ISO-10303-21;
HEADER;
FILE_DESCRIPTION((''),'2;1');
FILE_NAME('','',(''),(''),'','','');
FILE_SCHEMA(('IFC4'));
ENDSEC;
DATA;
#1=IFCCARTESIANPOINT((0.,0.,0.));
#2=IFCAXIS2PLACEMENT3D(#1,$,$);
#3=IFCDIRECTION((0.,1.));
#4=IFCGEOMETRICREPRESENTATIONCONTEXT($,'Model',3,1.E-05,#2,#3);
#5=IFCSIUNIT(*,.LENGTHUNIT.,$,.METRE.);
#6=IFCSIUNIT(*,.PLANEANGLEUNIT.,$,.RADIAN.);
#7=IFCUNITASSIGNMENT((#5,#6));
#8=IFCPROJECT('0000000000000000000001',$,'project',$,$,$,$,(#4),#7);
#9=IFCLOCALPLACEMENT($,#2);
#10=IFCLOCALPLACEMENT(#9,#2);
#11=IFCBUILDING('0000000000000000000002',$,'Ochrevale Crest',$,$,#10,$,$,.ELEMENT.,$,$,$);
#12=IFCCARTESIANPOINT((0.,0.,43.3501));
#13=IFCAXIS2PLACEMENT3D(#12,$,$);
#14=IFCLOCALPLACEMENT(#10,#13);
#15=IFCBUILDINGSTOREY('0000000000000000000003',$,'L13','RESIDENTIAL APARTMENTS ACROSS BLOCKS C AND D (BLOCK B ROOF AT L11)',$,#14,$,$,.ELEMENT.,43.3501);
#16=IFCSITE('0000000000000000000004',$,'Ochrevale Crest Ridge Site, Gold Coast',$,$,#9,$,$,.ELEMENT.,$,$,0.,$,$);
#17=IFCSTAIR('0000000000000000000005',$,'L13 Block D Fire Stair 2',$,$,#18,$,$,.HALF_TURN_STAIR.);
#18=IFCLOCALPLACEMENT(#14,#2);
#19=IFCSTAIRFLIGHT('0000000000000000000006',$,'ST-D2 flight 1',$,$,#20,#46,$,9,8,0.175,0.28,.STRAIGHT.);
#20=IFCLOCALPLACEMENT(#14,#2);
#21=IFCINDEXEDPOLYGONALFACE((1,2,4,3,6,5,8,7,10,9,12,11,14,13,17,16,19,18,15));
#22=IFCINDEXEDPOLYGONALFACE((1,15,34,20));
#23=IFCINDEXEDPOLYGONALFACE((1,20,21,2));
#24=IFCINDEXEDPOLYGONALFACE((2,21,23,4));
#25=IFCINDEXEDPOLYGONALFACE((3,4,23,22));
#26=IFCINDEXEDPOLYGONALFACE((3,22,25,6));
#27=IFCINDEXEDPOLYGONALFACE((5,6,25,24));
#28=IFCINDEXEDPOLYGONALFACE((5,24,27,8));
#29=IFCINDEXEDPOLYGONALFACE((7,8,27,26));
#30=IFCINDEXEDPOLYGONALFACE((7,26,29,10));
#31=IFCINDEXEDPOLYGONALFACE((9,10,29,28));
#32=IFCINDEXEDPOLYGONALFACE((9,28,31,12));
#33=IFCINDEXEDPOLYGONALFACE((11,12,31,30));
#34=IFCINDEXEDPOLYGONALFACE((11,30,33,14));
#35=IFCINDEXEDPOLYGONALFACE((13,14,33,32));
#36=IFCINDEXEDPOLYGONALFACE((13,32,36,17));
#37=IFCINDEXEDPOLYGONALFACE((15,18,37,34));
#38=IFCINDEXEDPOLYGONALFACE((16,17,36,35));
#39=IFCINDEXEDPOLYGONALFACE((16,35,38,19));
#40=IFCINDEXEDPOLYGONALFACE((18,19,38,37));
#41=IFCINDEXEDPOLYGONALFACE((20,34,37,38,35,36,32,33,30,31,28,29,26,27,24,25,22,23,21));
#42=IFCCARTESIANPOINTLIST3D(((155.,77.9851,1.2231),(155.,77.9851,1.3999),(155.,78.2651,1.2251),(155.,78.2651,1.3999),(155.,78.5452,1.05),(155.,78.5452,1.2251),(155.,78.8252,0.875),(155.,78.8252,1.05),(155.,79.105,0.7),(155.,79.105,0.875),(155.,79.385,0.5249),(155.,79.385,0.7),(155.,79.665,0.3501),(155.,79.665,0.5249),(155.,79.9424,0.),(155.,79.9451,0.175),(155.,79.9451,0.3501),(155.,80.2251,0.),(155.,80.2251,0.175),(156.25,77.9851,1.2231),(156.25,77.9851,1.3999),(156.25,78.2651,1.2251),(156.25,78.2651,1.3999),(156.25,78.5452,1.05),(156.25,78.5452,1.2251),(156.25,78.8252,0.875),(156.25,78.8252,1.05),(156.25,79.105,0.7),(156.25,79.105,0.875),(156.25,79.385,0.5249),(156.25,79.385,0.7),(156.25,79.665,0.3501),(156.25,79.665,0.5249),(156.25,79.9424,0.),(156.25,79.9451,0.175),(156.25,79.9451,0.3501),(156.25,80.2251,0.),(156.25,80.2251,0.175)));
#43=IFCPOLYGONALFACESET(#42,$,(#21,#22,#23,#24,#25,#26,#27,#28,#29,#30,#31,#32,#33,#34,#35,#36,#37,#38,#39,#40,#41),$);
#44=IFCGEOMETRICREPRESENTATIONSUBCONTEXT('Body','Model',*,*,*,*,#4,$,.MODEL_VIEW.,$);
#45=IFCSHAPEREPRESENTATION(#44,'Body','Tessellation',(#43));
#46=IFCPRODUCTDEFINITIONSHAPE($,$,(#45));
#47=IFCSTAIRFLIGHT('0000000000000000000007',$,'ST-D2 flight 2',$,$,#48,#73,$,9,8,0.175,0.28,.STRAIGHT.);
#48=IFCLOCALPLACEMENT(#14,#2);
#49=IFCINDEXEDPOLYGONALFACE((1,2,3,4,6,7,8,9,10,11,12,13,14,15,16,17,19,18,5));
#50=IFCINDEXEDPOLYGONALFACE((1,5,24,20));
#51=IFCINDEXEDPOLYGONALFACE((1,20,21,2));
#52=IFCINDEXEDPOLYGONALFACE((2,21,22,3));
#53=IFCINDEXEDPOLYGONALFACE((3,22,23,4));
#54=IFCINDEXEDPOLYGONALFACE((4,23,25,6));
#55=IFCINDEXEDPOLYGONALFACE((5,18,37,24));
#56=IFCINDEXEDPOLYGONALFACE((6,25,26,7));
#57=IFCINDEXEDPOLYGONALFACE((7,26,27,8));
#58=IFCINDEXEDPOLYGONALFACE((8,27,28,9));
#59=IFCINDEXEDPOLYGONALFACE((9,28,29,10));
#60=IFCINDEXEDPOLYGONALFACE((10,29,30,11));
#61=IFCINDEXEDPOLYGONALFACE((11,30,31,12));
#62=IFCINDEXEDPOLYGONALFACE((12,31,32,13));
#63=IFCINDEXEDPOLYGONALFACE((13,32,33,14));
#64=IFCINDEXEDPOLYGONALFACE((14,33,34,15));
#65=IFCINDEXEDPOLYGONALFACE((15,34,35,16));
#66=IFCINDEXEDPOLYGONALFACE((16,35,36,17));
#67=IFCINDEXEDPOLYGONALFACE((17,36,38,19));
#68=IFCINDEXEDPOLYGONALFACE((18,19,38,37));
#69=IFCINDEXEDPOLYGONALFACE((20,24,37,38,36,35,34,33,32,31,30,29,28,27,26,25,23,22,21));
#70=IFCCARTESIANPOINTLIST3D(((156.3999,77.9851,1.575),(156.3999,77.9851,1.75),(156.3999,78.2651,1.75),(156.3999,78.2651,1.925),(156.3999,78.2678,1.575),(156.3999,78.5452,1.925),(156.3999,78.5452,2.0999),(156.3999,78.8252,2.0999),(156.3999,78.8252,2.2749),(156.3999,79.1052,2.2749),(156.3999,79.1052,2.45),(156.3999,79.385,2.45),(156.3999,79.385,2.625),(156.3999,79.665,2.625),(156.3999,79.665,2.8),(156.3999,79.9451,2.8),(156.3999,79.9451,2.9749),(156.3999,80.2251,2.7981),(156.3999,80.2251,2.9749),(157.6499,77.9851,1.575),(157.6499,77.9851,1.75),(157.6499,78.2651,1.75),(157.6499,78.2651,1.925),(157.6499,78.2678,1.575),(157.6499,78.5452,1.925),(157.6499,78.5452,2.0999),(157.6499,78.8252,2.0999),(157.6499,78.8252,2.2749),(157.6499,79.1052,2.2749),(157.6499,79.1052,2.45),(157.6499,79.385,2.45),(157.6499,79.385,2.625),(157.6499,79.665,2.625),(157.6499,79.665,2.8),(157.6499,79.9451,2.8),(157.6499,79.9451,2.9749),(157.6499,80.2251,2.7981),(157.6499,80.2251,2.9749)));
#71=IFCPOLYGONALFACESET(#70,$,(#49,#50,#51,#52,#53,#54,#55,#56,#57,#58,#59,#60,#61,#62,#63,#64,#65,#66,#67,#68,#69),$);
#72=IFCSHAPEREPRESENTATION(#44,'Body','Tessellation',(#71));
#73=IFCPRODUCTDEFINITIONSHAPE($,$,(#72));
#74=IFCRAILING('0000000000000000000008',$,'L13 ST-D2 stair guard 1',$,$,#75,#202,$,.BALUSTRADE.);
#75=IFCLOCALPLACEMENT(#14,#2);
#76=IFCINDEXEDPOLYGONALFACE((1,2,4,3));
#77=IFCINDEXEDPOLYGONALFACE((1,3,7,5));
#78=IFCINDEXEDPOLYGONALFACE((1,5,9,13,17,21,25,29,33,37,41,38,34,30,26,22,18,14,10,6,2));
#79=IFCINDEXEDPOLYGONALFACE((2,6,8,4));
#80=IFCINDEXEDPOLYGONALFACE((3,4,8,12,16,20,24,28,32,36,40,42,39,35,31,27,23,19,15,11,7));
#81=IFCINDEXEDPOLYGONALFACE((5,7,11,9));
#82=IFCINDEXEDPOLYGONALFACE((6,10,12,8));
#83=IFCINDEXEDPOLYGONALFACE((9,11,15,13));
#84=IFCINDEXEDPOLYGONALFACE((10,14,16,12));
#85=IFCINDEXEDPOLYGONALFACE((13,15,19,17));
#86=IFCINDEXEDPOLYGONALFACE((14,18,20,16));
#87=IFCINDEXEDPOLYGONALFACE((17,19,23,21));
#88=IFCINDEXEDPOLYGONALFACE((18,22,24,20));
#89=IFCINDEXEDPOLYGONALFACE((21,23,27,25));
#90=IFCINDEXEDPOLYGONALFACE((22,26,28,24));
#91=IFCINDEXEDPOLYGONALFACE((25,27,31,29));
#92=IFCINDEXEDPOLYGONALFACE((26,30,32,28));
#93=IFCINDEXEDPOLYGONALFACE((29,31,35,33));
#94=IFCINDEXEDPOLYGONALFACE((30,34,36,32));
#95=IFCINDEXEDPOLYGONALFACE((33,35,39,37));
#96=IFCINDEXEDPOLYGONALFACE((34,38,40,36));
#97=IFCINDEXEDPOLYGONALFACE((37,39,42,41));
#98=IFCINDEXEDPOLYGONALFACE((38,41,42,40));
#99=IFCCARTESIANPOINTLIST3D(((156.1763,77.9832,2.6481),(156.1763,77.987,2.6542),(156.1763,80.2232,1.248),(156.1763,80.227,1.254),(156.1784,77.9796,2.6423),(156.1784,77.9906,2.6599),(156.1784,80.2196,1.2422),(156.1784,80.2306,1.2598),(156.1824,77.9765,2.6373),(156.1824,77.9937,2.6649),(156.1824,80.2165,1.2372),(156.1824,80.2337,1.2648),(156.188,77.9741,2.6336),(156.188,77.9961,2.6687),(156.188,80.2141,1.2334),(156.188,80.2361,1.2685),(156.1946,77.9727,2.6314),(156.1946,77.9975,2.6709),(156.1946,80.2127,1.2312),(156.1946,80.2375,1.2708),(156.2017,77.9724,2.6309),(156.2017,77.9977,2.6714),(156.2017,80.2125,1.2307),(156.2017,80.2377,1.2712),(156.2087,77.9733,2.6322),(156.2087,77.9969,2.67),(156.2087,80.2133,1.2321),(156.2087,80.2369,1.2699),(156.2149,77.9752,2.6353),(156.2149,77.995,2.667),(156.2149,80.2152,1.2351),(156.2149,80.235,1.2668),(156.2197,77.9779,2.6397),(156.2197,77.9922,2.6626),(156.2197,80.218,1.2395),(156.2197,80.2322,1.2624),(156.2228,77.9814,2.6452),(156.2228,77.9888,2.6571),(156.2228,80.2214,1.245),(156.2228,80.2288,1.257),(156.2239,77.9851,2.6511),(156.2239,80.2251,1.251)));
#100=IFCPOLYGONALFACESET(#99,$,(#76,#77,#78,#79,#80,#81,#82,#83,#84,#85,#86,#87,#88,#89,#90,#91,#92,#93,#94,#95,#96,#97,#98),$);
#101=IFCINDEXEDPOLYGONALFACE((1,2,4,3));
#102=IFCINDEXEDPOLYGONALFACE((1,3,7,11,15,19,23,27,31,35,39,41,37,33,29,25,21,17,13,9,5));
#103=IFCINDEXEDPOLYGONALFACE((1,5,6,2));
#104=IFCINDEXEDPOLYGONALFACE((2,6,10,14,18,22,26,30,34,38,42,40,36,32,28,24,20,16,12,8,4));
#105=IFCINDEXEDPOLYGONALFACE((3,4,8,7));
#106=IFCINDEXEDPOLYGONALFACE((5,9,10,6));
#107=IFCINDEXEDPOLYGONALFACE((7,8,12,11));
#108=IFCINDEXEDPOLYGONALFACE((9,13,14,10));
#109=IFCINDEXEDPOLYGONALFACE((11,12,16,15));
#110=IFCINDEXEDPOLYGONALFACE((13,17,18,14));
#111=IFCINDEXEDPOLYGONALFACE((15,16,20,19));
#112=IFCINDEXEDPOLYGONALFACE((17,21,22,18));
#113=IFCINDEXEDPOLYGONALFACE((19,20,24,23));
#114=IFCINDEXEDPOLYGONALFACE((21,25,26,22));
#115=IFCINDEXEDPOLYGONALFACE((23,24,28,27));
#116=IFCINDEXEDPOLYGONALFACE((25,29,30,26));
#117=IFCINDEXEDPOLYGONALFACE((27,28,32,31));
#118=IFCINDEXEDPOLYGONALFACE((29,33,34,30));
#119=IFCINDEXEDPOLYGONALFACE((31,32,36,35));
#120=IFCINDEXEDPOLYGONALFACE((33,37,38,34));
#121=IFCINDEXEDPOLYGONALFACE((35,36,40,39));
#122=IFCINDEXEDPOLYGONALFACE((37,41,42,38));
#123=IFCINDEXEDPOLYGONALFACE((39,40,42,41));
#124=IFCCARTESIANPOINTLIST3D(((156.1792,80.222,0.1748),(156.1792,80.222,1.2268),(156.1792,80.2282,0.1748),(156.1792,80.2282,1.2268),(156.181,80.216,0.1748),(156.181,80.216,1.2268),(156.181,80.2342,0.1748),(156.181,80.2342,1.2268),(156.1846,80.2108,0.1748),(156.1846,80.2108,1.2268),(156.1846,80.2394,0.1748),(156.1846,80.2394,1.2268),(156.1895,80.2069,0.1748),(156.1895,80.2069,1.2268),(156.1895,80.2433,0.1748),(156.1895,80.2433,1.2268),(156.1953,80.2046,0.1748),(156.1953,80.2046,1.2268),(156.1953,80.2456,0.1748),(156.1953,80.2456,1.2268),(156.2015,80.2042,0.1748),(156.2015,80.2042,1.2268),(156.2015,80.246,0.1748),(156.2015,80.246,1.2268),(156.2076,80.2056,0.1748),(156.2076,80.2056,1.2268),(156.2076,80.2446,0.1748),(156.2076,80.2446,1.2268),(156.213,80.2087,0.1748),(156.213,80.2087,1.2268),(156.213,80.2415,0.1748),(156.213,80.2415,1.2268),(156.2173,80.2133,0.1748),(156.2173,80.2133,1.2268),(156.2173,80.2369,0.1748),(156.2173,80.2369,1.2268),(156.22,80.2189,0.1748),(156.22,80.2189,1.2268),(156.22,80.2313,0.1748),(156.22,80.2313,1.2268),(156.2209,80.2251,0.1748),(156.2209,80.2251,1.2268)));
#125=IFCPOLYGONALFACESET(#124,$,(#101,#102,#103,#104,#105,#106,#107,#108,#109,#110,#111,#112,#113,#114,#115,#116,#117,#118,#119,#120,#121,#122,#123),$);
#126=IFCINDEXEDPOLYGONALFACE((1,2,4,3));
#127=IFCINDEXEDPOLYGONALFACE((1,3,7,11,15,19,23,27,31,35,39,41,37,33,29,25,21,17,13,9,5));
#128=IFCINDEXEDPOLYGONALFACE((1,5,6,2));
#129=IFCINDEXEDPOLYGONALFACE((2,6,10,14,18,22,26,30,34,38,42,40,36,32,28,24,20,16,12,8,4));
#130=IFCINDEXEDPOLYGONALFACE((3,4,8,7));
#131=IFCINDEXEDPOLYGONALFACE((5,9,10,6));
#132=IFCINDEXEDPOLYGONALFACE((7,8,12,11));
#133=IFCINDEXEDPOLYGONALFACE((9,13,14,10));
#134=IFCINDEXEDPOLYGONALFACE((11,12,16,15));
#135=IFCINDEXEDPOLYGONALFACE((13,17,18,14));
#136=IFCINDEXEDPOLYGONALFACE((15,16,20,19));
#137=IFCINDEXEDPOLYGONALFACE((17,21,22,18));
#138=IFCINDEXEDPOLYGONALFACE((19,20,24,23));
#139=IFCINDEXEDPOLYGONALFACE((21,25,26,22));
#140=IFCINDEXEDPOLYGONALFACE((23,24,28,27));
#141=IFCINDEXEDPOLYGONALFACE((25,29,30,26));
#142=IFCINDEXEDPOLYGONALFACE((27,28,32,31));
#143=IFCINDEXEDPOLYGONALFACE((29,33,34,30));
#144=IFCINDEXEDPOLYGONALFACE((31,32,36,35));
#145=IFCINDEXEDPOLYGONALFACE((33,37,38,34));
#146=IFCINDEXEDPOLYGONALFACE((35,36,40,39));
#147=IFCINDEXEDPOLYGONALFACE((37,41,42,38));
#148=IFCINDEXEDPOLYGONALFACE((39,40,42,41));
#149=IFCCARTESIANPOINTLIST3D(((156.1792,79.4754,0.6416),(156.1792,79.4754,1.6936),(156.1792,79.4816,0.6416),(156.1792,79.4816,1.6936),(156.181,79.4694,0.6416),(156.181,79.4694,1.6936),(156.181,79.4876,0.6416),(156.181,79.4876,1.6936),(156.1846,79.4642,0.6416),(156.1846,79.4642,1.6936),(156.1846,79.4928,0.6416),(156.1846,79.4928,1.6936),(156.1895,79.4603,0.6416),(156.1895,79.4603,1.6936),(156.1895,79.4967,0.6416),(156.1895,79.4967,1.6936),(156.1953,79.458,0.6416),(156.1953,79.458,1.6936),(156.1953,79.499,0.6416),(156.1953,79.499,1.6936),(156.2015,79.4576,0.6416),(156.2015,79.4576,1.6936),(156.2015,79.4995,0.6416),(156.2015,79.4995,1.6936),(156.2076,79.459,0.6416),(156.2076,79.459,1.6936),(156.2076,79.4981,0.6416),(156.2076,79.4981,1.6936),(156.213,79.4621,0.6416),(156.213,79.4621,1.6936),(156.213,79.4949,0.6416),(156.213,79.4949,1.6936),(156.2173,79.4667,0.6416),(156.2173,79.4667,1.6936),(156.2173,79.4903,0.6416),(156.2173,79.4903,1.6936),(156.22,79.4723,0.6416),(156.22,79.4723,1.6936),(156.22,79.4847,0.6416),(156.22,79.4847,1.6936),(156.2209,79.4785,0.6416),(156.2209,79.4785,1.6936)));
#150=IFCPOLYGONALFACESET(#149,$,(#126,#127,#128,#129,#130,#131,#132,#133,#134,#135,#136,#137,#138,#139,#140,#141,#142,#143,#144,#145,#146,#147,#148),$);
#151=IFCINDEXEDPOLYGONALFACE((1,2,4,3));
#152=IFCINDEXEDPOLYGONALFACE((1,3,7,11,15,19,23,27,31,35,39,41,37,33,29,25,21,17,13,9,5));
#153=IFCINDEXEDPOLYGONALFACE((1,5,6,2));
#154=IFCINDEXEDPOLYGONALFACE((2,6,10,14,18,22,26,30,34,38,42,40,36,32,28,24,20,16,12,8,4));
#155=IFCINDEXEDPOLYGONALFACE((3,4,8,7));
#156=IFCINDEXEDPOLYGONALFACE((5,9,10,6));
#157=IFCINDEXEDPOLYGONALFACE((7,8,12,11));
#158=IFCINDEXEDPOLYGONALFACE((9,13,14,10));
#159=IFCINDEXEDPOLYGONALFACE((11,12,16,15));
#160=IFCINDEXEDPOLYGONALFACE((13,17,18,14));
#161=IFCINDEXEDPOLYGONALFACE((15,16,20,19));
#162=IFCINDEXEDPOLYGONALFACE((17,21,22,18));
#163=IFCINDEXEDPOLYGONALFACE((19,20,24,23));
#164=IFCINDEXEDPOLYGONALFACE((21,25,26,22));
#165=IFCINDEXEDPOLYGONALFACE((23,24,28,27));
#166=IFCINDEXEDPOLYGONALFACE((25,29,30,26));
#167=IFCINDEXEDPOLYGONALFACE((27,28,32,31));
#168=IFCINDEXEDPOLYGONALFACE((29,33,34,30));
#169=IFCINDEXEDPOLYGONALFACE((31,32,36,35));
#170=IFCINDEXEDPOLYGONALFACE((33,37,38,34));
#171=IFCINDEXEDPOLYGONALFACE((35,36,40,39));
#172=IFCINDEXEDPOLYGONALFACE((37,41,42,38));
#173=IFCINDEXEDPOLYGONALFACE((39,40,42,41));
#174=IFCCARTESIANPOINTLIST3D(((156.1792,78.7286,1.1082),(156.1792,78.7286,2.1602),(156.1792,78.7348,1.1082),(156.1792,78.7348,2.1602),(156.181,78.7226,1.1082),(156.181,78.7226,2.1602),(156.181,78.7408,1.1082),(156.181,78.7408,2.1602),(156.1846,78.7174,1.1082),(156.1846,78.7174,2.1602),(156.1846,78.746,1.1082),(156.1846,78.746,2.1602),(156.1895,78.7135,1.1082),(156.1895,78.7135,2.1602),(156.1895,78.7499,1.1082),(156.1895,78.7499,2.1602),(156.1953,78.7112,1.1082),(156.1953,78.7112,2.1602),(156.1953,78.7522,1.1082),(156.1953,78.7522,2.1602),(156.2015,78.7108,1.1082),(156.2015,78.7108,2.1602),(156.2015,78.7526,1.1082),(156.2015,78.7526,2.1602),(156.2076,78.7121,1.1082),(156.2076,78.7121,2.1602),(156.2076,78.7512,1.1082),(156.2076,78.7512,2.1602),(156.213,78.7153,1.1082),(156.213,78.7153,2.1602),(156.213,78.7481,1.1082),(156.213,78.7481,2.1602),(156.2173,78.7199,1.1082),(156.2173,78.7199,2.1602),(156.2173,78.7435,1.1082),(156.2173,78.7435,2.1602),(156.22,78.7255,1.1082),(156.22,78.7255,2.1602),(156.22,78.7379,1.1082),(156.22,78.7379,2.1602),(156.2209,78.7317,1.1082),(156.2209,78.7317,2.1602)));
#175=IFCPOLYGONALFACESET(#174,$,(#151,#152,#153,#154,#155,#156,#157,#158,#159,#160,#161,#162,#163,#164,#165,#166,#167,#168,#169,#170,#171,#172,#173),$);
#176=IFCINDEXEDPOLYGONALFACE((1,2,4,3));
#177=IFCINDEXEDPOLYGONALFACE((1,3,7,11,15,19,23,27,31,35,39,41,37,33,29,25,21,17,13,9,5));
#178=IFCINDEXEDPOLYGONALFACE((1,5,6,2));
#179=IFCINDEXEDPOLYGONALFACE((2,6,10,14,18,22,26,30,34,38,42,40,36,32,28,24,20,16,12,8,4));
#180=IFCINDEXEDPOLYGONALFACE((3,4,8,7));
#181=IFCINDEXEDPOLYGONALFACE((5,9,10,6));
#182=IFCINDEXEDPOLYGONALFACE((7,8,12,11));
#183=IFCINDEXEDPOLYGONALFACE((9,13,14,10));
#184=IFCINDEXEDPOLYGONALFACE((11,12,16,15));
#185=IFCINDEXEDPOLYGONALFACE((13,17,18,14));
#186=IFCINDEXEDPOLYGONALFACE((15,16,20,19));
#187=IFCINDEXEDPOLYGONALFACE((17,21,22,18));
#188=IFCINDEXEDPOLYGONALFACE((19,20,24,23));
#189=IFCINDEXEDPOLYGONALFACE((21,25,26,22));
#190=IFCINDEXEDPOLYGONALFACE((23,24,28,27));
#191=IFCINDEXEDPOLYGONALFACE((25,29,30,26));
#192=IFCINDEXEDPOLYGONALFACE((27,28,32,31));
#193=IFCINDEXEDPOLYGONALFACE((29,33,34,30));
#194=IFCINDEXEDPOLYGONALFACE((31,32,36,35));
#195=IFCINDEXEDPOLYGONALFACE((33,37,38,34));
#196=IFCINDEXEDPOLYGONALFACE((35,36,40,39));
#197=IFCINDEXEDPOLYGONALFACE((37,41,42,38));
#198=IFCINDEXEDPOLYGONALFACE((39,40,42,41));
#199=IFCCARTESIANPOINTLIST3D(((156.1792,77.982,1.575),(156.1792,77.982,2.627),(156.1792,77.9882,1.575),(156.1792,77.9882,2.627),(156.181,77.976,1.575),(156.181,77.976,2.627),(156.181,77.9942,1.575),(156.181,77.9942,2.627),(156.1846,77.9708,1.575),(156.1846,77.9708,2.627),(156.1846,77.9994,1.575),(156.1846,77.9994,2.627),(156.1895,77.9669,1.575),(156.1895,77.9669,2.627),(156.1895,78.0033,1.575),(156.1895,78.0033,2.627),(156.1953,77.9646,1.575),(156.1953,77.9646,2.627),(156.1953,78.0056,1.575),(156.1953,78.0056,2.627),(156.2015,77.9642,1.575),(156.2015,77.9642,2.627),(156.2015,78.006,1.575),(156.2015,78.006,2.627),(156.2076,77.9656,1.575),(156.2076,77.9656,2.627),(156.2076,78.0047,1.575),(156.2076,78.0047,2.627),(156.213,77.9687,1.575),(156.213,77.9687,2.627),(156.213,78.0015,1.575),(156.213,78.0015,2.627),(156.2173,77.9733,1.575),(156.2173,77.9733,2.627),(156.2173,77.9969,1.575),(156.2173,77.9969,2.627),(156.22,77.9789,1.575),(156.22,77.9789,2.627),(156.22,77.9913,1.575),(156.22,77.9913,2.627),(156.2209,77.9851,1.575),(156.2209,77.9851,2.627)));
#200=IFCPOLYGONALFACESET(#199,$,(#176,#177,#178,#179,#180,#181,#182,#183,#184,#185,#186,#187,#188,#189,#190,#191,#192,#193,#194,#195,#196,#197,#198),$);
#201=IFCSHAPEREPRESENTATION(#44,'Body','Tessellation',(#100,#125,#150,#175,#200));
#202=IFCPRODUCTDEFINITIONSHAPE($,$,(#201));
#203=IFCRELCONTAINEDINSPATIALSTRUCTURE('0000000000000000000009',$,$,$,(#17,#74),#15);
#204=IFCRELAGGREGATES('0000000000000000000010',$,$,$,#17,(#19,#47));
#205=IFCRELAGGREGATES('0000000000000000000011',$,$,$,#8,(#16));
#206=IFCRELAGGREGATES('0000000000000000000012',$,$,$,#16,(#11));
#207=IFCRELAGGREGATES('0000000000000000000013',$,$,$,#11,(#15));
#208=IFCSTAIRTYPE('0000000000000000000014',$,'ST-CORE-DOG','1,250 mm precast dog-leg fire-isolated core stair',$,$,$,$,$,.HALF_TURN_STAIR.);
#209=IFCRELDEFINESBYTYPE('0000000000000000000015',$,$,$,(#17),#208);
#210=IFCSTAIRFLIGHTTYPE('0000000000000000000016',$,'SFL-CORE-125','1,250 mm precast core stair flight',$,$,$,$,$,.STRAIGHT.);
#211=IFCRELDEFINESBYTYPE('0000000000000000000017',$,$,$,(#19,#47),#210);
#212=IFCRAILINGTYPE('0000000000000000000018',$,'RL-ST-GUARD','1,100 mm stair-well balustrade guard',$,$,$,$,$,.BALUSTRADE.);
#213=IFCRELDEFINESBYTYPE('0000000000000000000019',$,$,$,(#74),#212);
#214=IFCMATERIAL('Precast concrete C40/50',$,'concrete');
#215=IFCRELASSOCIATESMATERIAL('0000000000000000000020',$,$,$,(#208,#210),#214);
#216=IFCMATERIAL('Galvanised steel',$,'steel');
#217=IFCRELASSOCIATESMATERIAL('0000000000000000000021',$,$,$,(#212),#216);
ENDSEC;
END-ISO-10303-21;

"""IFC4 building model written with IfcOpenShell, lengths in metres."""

from ifc_helpers import new_model, si_unit, direction, frame, origin, origin_2d, place, context, subcontext, project, spatial, polyline, circle, outline, extrude, material, type_object, element, aggregate, save


model = new_model("IFC4")

# Units and contexts
model_context = context("Model", 3, precision=1e-05, world=origin(), true_north=direction((0.0, 1.0)))
body_context = subcontext(model_context, "Body", "Model", "MODEL_VIEW")
ifc_project = project(units=[si_unit("LENGTHUNIT", "METRE"), si_unit("PLANEANGLEUNIT", "RADIAN")], contexts=[model_context])

# Site, building, storey
site_placement = place(None, origin())
site = spatial("IfcSite", under=ifc_project, at=site_placement, Name="Ochrevale Crest Ridge Site, Gold Coast", CompositionType="ELEMENT", RefElevation=0.0)
building_placement = place(site_placement, origin())
building = spatial("IfcBuilding", under=site, at=building_placement, Name="Ochrevale Crest", CompositionType="ELEMENT")
storey_placement = place(building_placement, frame((0.0, 0.0, 43.3501)))
storey = spatial("IfcBuildingStorey", under=building, at=storey_placement, Name="L13", Description="RESIDENTIAL APARTMENTS ACROSS BLOCKS C AND D (BLOCK B ROOF AT L11)", CompositionType="ELEMENT", Elevation=43.3501)

# Shared definitions
ifc_material_1 = material(Name="Precast concrete C40/50", Category="concrete")

# Stair, stair flights
stair_type = type_object("IfcStairType", Name="ST-CORE-DOG", Description="1,250 mm precast dog-leg fire-isolated core stair", PredefinedType="HALF_TURN_STAIR", material=ifc_material_1)
stair_placement = place(storey_placement, origin())
stair = element("IfcStair", 1, at=stair_placement, inside=storey, type_object=stair_type, Name="L13 Block D Fire Stair 2", PredefinedType="HALF_TURN_STAIR")
stair_flight_type = type_object("IfcStairFlightType", Name="SFL-CORE-125", Description="1,250 mm precast core stair flight", PredefinedType="STRAIGHT", material=ifc_material_1)
stair_flight_1_placement = place(storey_placement, frame((155.625, 80.2251, 0.0), z_axis=(0.0, 0.0, 1.0), x_axis=(0.0, -1.0, 0.0)))
stair_flight_1 = element("IfcStairFlight", 2, at=stair_flight_1_placement, type_object=stair_flight_type, Name="ST-D2 flight 1", NumberOfRisers=9, NumberOfTreads=8, PredefinedType="STRAIGHT", RiserHeight=0.175, TreadLength=0.28, context=body_context, shape_type="SweptSolid", body=[
    extrude(outline(polyline([(0.0, 0.0), (0.0, 0.175), (0.28, 0.175), (0.28, 0.3501), (0.5601, 0.3501), (0.5601, 0.5249), (0.8401, 0.5249), (0.8401, 0.7), (1.1201, 0.7), (1.1201, 0.875), (1.3999, 0.875), (1.3999, 1.05), (1.6799, 1.05), (1.6799, 1.2251), (1.96, 1.2251), (1.96, 1.3999), (2.24, 1.3999), (2.24, 1.575), (2.24, 1.2231), (0.2827, 0.0), (0.0, 0.0)])), frame((0.0, 0.625, 0.0), z_axis=(0.0, -1.0, 0.0), x_axis=(1.0, 0.0, 0.0)), (0.0, 0.0, 1.0), 1.25),
])
stair_flight_2_placement = place(storey_placement, frame((157.0249, 77.9851, 1.575), z_axis=(0.0, 0.0, 1.0), x_axis=(0.0, 1.0, 0.0)))
stair_flight_2 = element("IfcStairFlight", 3, at=stair_flight_2_placement, type_object=stair_flight_type, Name="ST-D2 flight 2", NumberOfRisers=9, NumberOfTreads=8, PredefinedType="STRAIGHT", RiserHeight=0.175, TreadLength=0.28, context=body_context, shape_type="SweptSolid", body=[
    extrude(outline(polyline([(0.0, 0.0), (0.0, 0.175), (0.28, 0.175), (0.28, 0.3501), (0.5601, 0.3501), (0.5601, 0.5249), (0.8401, 0.5249), (0.8401, 0.7), (1.1201, 0.7), (1.1201, 0.875), (1.3999, 0.875), (1.3999, 1.05), (1.6799, 1.05), (1.6799, 1.2251), (1.96, 1.2251), (1.96, 1.3999), (2.24, 1.3999), (2.24, 1.575), (2.24, 1.2231), (0.2827, 0.0), (0.0, 0.0)])), frame((0.0, 0.625, 0.0), z_axis=(0.0, -1.0, 0.0), x_axis=(1.0, 0.0, 0.0)), (0.0, 0.0, 1.0), 1.25),
])
aggregate(stair, [stair_flight_1, stair_flight_2])

# Railing
ifc_material_2 = material(Name="Galvanised steel", Category="steel")
railing_type_1 = type_object("IfcRailingType", Name="RL-ST-GUARD", Description="1,100 mm stair-well balustrade guard", PredefinedType="BALUSTRADE", material=ifc_material_2)
railing_1_placement = place(storey_placement, frame((156.2, 80.2251, 0.1748)))
element("IfcRailing", 4, at=railing_1_placement, inside=storey, type_object=railing_type_1, Name="L13 ST-D2 stair guard 1", PredefinedType="BALUSTRADE", context=body_context, shape_type="SweptSolid", body=[
    extrude(circle(Radius=0.0239, at=origin_2d()), frame((0.0, 0.0, 1.0762), z_axis=(0.0, -0.847972, 0.53004), x_axis=(1.0, 0.0, 0.0)), (0.0, 0.0, 1.0), 2.6416),
    extrude(circle(Radius=0.021, at=origin_2d()), origin(), (0.0, 0.0, 1.0), 1.052),
    extrude(circle(Radius=0.021, at=origin_2d()), frame((0.0, -0.7466, 0.4668)), (0.0, 0.0, 1.0), 1.052),
    extrude(circle(Radius=0.021, at=origin_2d()), frame((0.0, -1.4934, 0.9333)), (0.0, 0.0, 1.0), 1.052),
    extrude(circle(Radius=0.021, at=origin_2d()), frame((0.0, -2.24, 1.4001)), (0.0, 0.0, 1.0), 1.052),
])

save(model, "model.ifc")
